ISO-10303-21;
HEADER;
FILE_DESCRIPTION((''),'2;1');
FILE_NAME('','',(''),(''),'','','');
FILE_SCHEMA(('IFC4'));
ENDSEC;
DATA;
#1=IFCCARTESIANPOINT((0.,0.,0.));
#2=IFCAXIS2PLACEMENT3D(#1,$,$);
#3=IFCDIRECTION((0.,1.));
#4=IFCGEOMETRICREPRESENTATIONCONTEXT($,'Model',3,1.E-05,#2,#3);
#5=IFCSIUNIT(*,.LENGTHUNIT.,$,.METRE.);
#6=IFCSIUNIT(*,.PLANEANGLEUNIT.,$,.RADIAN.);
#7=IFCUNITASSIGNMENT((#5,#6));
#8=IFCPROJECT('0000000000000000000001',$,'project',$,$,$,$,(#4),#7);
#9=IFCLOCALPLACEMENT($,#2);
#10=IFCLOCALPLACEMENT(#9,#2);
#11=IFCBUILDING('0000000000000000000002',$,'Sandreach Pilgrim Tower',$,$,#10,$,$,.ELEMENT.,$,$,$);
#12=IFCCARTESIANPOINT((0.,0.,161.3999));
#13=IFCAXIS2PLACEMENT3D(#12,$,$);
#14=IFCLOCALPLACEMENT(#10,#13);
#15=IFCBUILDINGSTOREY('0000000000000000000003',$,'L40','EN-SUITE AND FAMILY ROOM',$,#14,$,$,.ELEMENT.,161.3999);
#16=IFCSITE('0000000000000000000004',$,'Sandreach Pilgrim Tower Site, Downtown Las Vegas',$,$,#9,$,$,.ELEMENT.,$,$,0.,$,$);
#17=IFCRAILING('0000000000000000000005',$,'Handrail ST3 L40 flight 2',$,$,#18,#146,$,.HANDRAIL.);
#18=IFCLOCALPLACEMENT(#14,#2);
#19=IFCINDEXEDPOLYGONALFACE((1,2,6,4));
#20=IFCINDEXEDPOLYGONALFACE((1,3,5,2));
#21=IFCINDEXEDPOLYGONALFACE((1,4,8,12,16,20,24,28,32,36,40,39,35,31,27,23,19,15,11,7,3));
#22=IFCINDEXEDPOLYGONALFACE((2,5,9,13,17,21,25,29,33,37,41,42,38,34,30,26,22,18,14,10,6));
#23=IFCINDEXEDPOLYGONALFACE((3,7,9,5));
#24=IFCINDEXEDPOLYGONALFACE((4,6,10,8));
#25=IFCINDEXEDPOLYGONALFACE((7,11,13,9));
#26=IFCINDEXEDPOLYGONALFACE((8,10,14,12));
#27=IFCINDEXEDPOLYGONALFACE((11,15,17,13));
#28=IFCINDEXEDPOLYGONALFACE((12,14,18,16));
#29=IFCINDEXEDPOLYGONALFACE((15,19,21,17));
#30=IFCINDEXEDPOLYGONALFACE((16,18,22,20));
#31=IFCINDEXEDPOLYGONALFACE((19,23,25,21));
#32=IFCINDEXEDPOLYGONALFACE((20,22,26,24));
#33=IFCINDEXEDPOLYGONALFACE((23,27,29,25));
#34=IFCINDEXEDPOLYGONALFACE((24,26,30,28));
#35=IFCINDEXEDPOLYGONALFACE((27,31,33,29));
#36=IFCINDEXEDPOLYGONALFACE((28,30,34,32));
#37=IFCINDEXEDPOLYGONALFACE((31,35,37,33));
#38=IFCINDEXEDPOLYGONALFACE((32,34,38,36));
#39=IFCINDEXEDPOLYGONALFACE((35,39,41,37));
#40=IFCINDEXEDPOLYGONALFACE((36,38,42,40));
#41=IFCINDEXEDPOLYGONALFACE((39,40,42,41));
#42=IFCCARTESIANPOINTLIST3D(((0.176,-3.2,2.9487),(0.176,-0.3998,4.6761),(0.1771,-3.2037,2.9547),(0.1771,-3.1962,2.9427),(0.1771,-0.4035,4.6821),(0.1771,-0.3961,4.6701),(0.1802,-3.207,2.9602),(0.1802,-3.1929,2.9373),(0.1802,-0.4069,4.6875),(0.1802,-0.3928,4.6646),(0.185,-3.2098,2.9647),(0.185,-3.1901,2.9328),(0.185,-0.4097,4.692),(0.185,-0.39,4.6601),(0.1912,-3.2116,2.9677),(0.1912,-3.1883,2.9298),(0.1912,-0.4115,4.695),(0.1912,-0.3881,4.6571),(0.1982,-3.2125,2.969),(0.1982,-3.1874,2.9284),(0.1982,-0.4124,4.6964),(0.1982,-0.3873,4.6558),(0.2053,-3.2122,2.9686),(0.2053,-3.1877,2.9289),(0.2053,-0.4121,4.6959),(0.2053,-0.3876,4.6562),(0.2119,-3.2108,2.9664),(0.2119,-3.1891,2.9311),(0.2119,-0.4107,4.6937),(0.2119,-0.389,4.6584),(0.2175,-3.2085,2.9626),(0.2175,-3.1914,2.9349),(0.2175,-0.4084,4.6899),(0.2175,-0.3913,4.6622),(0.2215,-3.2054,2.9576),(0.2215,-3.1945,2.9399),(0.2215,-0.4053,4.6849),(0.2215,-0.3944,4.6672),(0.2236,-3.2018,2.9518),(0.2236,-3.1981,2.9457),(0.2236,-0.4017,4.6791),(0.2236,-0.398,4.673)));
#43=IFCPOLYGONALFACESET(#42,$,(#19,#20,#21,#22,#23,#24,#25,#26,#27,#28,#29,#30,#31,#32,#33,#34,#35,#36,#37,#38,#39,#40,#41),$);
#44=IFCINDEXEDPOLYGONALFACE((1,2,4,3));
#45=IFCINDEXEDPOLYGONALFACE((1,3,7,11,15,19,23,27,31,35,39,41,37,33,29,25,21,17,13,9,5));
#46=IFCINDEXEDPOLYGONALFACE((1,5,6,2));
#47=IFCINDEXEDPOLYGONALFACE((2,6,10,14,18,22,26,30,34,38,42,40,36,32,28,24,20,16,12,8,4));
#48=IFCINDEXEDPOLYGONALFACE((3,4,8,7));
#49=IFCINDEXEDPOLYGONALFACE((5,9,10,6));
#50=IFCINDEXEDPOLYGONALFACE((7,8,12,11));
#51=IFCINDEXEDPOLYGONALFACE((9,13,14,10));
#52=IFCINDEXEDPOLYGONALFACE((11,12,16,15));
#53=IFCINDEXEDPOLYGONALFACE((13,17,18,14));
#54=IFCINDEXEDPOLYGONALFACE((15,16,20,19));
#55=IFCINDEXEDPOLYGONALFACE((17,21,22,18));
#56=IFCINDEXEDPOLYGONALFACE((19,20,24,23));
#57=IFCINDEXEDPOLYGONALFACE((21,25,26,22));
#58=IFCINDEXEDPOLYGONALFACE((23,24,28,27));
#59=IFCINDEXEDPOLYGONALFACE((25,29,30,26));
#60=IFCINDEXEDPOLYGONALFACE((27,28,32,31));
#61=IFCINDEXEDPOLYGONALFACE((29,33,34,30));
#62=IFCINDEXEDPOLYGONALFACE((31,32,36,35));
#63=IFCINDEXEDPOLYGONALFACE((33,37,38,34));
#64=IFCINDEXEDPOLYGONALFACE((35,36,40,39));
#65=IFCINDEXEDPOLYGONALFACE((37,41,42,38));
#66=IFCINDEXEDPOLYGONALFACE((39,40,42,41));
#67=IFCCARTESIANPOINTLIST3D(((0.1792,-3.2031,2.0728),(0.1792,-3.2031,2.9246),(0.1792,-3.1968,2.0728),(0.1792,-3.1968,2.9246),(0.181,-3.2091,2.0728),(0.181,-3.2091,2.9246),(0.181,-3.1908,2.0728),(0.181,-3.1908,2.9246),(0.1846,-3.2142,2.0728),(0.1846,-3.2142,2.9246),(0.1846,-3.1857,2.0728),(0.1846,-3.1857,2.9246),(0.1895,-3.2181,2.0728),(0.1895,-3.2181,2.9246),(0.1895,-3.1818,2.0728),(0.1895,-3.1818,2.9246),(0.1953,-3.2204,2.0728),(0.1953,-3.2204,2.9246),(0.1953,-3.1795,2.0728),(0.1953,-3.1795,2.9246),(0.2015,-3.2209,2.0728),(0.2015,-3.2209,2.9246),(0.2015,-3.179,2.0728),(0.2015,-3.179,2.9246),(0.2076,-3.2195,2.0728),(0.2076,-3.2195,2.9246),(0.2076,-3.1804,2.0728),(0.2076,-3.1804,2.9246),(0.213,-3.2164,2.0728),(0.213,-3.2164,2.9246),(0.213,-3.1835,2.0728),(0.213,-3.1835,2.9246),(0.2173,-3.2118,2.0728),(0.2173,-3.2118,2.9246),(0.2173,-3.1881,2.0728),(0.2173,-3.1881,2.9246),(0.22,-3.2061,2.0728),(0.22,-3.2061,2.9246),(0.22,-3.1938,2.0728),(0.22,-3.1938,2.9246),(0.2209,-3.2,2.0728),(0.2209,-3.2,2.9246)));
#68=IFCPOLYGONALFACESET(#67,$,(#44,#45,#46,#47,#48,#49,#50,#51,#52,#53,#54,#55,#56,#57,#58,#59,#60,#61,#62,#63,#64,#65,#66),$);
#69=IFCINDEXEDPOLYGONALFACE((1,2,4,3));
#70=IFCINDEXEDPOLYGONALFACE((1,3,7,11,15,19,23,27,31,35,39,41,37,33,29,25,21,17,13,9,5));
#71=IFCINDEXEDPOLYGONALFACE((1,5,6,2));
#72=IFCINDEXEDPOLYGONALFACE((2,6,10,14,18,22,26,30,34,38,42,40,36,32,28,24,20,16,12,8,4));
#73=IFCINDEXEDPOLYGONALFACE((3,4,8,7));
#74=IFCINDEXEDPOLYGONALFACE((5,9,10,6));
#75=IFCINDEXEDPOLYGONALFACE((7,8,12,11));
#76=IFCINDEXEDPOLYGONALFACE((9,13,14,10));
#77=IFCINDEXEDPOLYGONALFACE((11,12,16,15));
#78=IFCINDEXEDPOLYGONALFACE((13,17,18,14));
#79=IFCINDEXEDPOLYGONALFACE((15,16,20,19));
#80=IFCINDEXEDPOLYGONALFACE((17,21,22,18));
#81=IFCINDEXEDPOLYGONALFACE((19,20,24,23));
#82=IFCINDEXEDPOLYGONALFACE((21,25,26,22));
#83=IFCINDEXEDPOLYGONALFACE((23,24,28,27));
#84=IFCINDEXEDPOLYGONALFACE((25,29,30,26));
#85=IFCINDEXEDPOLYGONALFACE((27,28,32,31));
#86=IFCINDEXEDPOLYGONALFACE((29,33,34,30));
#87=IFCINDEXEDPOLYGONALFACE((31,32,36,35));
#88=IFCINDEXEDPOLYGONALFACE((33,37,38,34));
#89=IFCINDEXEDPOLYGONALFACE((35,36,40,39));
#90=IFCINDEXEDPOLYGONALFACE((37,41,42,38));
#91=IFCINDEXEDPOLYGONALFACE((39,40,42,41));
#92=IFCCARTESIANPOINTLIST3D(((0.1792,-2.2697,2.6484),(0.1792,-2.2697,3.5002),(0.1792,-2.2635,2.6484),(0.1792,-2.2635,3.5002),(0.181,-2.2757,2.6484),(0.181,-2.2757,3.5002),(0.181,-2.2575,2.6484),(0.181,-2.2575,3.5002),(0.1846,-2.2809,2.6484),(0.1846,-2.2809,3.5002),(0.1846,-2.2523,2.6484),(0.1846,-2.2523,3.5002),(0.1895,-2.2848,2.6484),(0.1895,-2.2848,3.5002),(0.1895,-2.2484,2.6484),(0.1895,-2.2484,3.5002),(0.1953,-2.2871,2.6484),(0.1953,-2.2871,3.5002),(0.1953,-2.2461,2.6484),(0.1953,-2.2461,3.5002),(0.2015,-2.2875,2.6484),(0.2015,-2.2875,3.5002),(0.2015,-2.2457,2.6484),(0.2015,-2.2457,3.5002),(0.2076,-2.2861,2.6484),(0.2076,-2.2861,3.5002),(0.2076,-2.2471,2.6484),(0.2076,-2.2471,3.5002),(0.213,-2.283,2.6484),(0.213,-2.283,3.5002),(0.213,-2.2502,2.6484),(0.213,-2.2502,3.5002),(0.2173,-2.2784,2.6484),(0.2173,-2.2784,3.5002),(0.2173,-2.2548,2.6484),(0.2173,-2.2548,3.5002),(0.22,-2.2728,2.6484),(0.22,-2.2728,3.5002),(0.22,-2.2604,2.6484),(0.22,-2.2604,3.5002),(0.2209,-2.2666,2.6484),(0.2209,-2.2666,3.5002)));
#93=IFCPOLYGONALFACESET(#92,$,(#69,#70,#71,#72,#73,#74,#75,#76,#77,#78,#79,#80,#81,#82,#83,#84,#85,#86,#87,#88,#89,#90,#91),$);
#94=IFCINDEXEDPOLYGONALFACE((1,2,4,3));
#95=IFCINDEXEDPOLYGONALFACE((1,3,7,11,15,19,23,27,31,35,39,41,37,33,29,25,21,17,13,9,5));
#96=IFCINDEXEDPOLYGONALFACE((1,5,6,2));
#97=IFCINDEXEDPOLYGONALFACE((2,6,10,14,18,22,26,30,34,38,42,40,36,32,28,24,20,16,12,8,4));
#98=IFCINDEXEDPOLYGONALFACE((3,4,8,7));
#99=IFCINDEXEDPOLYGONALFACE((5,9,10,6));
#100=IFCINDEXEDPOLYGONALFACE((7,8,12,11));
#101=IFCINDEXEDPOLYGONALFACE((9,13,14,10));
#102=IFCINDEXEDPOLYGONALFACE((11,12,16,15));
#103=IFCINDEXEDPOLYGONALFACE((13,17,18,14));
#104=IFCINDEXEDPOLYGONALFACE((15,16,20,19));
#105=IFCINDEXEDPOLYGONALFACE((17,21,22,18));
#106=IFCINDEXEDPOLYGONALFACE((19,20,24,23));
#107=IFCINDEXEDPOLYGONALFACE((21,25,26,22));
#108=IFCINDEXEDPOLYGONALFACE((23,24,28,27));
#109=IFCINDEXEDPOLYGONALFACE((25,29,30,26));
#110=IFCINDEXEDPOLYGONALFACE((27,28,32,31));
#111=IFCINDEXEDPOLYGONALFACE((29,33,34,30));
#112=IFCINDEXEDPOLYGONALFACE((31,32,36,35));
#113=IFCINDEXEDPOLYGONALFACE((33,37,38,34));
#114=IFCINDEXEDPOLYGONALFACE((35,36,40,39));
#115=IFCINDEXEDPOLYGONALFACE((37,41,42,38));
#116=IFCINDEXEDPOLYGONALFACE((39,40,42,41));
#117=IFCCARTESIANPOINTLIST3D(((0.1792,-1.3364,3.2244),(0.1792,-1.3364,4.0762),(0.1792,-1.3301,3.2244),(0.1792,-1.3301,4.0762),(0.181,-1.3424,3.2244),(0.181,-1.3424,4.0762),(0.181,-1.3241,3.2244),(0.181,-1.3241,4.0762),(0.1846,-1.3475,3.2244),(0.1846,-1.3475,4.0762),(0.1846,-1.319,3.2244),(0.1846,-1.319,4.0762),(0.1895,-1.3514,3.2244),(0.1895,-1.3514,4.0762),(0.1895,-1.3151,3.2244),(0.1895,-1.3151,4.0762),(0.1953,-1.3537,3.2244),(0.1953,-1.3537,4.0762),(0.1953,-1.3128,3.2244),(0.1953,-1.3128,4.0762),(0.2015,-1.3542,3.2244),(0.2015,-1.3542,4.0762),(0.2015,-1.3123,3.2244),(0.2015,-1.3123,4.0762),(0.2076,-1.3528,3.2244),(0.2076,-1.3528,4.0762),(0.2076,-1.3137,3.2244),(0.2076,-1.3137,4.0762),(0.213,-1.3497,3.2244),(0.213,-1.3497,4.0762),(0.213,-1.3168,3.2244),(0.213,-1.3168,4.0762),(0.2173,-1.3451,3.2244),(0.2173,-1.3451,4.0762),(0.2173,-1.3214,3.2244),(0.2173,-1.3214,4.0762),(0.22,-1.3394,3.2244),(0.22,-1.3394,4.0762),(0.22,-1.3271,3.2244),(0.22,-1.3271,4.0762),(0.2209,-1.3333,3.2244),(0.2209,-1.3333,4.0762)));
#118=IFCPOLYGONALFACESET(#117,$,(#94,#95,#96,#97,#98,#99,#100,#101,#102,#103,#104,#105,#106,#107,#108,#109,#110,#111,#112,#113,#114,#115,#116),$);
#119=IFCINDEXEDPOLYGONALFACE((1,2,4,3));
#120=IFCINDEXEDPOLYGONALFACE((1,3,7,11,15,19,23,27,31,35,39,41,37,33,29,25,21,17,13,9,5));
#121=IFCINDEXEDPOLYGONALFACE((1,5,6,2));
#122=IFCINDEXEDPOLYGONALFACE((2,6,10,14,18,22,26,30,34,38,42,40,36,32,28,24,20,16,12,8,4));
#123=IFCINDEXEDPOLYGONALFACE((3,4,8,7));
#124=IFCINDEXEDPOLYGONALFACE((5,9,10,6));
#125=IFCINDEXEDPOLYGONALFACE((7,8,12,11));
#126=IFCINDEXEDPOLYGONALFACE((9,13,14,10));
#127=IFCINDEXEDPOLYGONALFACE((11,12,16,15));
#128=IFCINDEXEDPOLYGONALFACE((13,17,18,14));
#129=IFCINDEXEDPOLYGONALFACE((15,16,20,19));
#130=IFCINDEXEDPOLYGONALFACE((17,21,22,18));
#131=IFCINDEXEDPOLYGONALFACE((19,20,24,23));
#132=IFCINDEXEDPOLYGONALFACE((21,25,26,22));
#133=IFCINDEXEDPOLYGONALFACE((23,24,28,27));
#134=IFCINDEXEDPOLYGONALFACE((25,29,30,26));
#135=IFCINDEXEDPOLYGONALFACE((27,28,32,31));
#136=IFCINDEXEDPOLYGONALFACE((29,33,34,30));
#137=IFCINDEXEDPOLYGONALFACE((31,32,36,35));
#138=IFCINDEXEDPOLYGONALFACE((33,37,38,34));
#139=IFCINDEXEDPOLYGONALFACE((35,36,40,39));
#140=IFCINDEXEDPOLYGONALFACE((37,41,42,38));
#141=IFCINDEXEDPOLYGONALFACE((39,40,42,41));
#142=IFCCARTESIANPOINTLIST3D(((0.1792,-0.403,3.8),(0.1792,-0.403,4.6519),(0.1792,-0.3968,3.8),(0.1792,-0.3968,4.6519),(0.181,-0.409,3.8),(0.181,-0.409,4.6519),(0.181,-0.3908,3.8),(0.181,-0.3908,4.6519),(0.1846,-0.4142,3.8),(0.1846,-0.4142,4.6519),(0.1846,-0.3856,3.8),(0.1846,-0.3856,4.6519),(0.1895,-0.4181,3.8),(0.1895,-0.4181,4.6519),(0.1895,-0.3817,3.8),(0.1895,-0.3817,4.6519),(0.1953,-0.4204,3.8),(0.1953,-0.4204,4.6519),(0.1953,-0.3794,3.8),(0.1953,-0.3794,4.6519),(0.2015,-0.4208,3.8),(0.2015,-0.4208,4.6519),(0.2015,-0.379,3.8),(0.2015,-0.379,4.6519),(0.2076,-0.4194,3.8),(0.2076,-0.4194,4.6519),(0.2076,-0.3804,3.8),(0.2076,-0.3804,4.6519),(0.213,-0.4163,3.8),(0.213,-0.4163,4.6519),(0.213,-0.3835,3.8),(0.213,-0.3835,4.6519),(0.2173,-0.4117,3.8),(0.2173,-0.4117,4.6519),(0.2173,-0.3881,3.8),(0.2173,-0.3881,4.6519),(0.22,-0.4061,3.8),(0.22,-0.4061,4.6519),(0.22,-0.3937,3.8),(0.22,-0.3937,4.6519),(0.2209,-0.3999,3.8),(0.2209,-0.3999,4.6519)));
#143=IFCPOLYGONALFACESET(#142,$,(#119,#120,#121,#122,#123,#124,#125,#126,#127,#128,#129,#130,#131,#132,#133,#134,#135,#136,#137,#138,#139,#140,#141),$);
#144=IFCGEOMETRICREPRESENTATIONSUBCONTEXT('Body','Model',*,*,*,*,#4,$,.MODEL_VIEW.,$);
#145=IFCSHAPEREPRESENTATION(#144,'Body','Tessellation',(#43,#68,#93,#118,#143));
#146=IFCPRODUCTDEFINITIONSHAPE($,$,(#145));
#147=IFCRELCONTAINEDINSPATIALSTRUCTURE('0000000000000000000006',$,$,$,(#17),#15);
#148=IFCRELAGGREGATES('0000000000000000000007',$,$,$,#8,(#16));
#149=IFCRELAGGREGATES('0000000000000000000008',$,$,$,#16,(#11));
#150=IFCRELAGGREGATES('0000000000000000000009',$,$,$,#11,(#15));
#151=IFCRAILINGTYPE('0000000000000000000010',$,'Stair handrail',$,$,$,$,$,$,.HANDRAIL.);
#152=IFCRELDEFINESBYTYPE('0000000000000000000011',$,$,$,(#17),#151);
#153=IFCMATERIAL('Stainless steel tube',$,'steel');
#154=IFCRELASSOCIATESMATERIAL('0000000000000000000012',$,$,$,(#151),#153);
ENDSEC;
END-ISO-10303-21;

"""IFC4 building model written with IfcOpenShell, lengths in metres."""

from ifc_helpers import new_model, si_unit, direction, frame, origin, origin_2d, place, context, subcontext, project, spatial, circle, extrude, material, type_object, element, save


model = new_model("IFC4")

# Units and contexts
model_context = context("Model", 3, precision=1e-05, world=origin(), true_north=direction((0.0, 1.0)))
body_context = subcontext(model_context, "Body", "Model", "MODEL_VIEW")
ifc_project = project(units=[si_unit("LENGTHUNIT", "METRE"), si_unit("PLANEANGLEUNIT", "RADIAN")], contexts=[model_context])

# Site, building, storey
site_placement = place(None, origin())
site = spatial("IfcSite", under=ifc_project, at=site_placement, Name="Sandreach Pilgrim Tower Site, Downtown Las Vegas", CompositionType="ELEMENT", RefElevation=0.0)
building_placement = place(site_placement, origin())
building = spatial("IfcBuilding", under=site, at=building_placement, Name="Sandreach Pilgrim Tower", CompositionType="ELEMENT")
storey_placement = place(building_placement, frame((0.0, 0.0, 161.3999)))
storey = spatial("IfcBuildingStorey", under=building, at=storey_placement, Name="L40", Description="EN-SUITE AND FAMILY ROOM", CompositionType="ELEMENT", Elevation=161.3999)

# Railing
ifc_material_1 = material(Name="Stainless steel tube", Category="steel")
railing_type = type_object("IfcRailingType", Name="Stair handrail", PredefinedType="HANDRAIL", material=ifc_material_1)
for number, where, name in (
    (1, (0.2, -3.2, 2.0728), "Handrail ST3 L40 flight 2"),
):
    element("IfcRailing", number, at=place(storey_placement, frame(where)), inside=storey, type_object=railing_type, Name=name, PredefinedType="HANDRAIL", context=body_context, shape_type="SweptSolid", body=[
        extrude(circle(Radius=0.0239, at=origin_2d()), frame((0.0, 0.0, 0.876), z_axis=(0.0, 0.85109, 0.52502), x_axis=(-1.0, 0.0, 0.0)), (0.0, 0.0, 1.0), 3.29),
        extrude(circle(Radius=0.021, at=origin_2d()), origin(), (0.0, 0.0, 1.0), 0.8518),
        extrude(circle(Radius=0.021, at=origin_2d()), frame((0.0, 0.9333, 0.5757)), (0.0, 0.0, 1.0), 0.8518),
        extrude(circle(Radius=0.021, at=origin_2d()), frame((0.0, 1.8667, 1.1516)), (0.0, 0.0, 1.0), 0.8518),
        extrude(circle(Radius=0.021, at=origin_2d()), frame((0.0, 2.8, 1.7273)), (0.0, 0.0, 1.0), 0.8518),
    ])

save(model, "model.ifc")
